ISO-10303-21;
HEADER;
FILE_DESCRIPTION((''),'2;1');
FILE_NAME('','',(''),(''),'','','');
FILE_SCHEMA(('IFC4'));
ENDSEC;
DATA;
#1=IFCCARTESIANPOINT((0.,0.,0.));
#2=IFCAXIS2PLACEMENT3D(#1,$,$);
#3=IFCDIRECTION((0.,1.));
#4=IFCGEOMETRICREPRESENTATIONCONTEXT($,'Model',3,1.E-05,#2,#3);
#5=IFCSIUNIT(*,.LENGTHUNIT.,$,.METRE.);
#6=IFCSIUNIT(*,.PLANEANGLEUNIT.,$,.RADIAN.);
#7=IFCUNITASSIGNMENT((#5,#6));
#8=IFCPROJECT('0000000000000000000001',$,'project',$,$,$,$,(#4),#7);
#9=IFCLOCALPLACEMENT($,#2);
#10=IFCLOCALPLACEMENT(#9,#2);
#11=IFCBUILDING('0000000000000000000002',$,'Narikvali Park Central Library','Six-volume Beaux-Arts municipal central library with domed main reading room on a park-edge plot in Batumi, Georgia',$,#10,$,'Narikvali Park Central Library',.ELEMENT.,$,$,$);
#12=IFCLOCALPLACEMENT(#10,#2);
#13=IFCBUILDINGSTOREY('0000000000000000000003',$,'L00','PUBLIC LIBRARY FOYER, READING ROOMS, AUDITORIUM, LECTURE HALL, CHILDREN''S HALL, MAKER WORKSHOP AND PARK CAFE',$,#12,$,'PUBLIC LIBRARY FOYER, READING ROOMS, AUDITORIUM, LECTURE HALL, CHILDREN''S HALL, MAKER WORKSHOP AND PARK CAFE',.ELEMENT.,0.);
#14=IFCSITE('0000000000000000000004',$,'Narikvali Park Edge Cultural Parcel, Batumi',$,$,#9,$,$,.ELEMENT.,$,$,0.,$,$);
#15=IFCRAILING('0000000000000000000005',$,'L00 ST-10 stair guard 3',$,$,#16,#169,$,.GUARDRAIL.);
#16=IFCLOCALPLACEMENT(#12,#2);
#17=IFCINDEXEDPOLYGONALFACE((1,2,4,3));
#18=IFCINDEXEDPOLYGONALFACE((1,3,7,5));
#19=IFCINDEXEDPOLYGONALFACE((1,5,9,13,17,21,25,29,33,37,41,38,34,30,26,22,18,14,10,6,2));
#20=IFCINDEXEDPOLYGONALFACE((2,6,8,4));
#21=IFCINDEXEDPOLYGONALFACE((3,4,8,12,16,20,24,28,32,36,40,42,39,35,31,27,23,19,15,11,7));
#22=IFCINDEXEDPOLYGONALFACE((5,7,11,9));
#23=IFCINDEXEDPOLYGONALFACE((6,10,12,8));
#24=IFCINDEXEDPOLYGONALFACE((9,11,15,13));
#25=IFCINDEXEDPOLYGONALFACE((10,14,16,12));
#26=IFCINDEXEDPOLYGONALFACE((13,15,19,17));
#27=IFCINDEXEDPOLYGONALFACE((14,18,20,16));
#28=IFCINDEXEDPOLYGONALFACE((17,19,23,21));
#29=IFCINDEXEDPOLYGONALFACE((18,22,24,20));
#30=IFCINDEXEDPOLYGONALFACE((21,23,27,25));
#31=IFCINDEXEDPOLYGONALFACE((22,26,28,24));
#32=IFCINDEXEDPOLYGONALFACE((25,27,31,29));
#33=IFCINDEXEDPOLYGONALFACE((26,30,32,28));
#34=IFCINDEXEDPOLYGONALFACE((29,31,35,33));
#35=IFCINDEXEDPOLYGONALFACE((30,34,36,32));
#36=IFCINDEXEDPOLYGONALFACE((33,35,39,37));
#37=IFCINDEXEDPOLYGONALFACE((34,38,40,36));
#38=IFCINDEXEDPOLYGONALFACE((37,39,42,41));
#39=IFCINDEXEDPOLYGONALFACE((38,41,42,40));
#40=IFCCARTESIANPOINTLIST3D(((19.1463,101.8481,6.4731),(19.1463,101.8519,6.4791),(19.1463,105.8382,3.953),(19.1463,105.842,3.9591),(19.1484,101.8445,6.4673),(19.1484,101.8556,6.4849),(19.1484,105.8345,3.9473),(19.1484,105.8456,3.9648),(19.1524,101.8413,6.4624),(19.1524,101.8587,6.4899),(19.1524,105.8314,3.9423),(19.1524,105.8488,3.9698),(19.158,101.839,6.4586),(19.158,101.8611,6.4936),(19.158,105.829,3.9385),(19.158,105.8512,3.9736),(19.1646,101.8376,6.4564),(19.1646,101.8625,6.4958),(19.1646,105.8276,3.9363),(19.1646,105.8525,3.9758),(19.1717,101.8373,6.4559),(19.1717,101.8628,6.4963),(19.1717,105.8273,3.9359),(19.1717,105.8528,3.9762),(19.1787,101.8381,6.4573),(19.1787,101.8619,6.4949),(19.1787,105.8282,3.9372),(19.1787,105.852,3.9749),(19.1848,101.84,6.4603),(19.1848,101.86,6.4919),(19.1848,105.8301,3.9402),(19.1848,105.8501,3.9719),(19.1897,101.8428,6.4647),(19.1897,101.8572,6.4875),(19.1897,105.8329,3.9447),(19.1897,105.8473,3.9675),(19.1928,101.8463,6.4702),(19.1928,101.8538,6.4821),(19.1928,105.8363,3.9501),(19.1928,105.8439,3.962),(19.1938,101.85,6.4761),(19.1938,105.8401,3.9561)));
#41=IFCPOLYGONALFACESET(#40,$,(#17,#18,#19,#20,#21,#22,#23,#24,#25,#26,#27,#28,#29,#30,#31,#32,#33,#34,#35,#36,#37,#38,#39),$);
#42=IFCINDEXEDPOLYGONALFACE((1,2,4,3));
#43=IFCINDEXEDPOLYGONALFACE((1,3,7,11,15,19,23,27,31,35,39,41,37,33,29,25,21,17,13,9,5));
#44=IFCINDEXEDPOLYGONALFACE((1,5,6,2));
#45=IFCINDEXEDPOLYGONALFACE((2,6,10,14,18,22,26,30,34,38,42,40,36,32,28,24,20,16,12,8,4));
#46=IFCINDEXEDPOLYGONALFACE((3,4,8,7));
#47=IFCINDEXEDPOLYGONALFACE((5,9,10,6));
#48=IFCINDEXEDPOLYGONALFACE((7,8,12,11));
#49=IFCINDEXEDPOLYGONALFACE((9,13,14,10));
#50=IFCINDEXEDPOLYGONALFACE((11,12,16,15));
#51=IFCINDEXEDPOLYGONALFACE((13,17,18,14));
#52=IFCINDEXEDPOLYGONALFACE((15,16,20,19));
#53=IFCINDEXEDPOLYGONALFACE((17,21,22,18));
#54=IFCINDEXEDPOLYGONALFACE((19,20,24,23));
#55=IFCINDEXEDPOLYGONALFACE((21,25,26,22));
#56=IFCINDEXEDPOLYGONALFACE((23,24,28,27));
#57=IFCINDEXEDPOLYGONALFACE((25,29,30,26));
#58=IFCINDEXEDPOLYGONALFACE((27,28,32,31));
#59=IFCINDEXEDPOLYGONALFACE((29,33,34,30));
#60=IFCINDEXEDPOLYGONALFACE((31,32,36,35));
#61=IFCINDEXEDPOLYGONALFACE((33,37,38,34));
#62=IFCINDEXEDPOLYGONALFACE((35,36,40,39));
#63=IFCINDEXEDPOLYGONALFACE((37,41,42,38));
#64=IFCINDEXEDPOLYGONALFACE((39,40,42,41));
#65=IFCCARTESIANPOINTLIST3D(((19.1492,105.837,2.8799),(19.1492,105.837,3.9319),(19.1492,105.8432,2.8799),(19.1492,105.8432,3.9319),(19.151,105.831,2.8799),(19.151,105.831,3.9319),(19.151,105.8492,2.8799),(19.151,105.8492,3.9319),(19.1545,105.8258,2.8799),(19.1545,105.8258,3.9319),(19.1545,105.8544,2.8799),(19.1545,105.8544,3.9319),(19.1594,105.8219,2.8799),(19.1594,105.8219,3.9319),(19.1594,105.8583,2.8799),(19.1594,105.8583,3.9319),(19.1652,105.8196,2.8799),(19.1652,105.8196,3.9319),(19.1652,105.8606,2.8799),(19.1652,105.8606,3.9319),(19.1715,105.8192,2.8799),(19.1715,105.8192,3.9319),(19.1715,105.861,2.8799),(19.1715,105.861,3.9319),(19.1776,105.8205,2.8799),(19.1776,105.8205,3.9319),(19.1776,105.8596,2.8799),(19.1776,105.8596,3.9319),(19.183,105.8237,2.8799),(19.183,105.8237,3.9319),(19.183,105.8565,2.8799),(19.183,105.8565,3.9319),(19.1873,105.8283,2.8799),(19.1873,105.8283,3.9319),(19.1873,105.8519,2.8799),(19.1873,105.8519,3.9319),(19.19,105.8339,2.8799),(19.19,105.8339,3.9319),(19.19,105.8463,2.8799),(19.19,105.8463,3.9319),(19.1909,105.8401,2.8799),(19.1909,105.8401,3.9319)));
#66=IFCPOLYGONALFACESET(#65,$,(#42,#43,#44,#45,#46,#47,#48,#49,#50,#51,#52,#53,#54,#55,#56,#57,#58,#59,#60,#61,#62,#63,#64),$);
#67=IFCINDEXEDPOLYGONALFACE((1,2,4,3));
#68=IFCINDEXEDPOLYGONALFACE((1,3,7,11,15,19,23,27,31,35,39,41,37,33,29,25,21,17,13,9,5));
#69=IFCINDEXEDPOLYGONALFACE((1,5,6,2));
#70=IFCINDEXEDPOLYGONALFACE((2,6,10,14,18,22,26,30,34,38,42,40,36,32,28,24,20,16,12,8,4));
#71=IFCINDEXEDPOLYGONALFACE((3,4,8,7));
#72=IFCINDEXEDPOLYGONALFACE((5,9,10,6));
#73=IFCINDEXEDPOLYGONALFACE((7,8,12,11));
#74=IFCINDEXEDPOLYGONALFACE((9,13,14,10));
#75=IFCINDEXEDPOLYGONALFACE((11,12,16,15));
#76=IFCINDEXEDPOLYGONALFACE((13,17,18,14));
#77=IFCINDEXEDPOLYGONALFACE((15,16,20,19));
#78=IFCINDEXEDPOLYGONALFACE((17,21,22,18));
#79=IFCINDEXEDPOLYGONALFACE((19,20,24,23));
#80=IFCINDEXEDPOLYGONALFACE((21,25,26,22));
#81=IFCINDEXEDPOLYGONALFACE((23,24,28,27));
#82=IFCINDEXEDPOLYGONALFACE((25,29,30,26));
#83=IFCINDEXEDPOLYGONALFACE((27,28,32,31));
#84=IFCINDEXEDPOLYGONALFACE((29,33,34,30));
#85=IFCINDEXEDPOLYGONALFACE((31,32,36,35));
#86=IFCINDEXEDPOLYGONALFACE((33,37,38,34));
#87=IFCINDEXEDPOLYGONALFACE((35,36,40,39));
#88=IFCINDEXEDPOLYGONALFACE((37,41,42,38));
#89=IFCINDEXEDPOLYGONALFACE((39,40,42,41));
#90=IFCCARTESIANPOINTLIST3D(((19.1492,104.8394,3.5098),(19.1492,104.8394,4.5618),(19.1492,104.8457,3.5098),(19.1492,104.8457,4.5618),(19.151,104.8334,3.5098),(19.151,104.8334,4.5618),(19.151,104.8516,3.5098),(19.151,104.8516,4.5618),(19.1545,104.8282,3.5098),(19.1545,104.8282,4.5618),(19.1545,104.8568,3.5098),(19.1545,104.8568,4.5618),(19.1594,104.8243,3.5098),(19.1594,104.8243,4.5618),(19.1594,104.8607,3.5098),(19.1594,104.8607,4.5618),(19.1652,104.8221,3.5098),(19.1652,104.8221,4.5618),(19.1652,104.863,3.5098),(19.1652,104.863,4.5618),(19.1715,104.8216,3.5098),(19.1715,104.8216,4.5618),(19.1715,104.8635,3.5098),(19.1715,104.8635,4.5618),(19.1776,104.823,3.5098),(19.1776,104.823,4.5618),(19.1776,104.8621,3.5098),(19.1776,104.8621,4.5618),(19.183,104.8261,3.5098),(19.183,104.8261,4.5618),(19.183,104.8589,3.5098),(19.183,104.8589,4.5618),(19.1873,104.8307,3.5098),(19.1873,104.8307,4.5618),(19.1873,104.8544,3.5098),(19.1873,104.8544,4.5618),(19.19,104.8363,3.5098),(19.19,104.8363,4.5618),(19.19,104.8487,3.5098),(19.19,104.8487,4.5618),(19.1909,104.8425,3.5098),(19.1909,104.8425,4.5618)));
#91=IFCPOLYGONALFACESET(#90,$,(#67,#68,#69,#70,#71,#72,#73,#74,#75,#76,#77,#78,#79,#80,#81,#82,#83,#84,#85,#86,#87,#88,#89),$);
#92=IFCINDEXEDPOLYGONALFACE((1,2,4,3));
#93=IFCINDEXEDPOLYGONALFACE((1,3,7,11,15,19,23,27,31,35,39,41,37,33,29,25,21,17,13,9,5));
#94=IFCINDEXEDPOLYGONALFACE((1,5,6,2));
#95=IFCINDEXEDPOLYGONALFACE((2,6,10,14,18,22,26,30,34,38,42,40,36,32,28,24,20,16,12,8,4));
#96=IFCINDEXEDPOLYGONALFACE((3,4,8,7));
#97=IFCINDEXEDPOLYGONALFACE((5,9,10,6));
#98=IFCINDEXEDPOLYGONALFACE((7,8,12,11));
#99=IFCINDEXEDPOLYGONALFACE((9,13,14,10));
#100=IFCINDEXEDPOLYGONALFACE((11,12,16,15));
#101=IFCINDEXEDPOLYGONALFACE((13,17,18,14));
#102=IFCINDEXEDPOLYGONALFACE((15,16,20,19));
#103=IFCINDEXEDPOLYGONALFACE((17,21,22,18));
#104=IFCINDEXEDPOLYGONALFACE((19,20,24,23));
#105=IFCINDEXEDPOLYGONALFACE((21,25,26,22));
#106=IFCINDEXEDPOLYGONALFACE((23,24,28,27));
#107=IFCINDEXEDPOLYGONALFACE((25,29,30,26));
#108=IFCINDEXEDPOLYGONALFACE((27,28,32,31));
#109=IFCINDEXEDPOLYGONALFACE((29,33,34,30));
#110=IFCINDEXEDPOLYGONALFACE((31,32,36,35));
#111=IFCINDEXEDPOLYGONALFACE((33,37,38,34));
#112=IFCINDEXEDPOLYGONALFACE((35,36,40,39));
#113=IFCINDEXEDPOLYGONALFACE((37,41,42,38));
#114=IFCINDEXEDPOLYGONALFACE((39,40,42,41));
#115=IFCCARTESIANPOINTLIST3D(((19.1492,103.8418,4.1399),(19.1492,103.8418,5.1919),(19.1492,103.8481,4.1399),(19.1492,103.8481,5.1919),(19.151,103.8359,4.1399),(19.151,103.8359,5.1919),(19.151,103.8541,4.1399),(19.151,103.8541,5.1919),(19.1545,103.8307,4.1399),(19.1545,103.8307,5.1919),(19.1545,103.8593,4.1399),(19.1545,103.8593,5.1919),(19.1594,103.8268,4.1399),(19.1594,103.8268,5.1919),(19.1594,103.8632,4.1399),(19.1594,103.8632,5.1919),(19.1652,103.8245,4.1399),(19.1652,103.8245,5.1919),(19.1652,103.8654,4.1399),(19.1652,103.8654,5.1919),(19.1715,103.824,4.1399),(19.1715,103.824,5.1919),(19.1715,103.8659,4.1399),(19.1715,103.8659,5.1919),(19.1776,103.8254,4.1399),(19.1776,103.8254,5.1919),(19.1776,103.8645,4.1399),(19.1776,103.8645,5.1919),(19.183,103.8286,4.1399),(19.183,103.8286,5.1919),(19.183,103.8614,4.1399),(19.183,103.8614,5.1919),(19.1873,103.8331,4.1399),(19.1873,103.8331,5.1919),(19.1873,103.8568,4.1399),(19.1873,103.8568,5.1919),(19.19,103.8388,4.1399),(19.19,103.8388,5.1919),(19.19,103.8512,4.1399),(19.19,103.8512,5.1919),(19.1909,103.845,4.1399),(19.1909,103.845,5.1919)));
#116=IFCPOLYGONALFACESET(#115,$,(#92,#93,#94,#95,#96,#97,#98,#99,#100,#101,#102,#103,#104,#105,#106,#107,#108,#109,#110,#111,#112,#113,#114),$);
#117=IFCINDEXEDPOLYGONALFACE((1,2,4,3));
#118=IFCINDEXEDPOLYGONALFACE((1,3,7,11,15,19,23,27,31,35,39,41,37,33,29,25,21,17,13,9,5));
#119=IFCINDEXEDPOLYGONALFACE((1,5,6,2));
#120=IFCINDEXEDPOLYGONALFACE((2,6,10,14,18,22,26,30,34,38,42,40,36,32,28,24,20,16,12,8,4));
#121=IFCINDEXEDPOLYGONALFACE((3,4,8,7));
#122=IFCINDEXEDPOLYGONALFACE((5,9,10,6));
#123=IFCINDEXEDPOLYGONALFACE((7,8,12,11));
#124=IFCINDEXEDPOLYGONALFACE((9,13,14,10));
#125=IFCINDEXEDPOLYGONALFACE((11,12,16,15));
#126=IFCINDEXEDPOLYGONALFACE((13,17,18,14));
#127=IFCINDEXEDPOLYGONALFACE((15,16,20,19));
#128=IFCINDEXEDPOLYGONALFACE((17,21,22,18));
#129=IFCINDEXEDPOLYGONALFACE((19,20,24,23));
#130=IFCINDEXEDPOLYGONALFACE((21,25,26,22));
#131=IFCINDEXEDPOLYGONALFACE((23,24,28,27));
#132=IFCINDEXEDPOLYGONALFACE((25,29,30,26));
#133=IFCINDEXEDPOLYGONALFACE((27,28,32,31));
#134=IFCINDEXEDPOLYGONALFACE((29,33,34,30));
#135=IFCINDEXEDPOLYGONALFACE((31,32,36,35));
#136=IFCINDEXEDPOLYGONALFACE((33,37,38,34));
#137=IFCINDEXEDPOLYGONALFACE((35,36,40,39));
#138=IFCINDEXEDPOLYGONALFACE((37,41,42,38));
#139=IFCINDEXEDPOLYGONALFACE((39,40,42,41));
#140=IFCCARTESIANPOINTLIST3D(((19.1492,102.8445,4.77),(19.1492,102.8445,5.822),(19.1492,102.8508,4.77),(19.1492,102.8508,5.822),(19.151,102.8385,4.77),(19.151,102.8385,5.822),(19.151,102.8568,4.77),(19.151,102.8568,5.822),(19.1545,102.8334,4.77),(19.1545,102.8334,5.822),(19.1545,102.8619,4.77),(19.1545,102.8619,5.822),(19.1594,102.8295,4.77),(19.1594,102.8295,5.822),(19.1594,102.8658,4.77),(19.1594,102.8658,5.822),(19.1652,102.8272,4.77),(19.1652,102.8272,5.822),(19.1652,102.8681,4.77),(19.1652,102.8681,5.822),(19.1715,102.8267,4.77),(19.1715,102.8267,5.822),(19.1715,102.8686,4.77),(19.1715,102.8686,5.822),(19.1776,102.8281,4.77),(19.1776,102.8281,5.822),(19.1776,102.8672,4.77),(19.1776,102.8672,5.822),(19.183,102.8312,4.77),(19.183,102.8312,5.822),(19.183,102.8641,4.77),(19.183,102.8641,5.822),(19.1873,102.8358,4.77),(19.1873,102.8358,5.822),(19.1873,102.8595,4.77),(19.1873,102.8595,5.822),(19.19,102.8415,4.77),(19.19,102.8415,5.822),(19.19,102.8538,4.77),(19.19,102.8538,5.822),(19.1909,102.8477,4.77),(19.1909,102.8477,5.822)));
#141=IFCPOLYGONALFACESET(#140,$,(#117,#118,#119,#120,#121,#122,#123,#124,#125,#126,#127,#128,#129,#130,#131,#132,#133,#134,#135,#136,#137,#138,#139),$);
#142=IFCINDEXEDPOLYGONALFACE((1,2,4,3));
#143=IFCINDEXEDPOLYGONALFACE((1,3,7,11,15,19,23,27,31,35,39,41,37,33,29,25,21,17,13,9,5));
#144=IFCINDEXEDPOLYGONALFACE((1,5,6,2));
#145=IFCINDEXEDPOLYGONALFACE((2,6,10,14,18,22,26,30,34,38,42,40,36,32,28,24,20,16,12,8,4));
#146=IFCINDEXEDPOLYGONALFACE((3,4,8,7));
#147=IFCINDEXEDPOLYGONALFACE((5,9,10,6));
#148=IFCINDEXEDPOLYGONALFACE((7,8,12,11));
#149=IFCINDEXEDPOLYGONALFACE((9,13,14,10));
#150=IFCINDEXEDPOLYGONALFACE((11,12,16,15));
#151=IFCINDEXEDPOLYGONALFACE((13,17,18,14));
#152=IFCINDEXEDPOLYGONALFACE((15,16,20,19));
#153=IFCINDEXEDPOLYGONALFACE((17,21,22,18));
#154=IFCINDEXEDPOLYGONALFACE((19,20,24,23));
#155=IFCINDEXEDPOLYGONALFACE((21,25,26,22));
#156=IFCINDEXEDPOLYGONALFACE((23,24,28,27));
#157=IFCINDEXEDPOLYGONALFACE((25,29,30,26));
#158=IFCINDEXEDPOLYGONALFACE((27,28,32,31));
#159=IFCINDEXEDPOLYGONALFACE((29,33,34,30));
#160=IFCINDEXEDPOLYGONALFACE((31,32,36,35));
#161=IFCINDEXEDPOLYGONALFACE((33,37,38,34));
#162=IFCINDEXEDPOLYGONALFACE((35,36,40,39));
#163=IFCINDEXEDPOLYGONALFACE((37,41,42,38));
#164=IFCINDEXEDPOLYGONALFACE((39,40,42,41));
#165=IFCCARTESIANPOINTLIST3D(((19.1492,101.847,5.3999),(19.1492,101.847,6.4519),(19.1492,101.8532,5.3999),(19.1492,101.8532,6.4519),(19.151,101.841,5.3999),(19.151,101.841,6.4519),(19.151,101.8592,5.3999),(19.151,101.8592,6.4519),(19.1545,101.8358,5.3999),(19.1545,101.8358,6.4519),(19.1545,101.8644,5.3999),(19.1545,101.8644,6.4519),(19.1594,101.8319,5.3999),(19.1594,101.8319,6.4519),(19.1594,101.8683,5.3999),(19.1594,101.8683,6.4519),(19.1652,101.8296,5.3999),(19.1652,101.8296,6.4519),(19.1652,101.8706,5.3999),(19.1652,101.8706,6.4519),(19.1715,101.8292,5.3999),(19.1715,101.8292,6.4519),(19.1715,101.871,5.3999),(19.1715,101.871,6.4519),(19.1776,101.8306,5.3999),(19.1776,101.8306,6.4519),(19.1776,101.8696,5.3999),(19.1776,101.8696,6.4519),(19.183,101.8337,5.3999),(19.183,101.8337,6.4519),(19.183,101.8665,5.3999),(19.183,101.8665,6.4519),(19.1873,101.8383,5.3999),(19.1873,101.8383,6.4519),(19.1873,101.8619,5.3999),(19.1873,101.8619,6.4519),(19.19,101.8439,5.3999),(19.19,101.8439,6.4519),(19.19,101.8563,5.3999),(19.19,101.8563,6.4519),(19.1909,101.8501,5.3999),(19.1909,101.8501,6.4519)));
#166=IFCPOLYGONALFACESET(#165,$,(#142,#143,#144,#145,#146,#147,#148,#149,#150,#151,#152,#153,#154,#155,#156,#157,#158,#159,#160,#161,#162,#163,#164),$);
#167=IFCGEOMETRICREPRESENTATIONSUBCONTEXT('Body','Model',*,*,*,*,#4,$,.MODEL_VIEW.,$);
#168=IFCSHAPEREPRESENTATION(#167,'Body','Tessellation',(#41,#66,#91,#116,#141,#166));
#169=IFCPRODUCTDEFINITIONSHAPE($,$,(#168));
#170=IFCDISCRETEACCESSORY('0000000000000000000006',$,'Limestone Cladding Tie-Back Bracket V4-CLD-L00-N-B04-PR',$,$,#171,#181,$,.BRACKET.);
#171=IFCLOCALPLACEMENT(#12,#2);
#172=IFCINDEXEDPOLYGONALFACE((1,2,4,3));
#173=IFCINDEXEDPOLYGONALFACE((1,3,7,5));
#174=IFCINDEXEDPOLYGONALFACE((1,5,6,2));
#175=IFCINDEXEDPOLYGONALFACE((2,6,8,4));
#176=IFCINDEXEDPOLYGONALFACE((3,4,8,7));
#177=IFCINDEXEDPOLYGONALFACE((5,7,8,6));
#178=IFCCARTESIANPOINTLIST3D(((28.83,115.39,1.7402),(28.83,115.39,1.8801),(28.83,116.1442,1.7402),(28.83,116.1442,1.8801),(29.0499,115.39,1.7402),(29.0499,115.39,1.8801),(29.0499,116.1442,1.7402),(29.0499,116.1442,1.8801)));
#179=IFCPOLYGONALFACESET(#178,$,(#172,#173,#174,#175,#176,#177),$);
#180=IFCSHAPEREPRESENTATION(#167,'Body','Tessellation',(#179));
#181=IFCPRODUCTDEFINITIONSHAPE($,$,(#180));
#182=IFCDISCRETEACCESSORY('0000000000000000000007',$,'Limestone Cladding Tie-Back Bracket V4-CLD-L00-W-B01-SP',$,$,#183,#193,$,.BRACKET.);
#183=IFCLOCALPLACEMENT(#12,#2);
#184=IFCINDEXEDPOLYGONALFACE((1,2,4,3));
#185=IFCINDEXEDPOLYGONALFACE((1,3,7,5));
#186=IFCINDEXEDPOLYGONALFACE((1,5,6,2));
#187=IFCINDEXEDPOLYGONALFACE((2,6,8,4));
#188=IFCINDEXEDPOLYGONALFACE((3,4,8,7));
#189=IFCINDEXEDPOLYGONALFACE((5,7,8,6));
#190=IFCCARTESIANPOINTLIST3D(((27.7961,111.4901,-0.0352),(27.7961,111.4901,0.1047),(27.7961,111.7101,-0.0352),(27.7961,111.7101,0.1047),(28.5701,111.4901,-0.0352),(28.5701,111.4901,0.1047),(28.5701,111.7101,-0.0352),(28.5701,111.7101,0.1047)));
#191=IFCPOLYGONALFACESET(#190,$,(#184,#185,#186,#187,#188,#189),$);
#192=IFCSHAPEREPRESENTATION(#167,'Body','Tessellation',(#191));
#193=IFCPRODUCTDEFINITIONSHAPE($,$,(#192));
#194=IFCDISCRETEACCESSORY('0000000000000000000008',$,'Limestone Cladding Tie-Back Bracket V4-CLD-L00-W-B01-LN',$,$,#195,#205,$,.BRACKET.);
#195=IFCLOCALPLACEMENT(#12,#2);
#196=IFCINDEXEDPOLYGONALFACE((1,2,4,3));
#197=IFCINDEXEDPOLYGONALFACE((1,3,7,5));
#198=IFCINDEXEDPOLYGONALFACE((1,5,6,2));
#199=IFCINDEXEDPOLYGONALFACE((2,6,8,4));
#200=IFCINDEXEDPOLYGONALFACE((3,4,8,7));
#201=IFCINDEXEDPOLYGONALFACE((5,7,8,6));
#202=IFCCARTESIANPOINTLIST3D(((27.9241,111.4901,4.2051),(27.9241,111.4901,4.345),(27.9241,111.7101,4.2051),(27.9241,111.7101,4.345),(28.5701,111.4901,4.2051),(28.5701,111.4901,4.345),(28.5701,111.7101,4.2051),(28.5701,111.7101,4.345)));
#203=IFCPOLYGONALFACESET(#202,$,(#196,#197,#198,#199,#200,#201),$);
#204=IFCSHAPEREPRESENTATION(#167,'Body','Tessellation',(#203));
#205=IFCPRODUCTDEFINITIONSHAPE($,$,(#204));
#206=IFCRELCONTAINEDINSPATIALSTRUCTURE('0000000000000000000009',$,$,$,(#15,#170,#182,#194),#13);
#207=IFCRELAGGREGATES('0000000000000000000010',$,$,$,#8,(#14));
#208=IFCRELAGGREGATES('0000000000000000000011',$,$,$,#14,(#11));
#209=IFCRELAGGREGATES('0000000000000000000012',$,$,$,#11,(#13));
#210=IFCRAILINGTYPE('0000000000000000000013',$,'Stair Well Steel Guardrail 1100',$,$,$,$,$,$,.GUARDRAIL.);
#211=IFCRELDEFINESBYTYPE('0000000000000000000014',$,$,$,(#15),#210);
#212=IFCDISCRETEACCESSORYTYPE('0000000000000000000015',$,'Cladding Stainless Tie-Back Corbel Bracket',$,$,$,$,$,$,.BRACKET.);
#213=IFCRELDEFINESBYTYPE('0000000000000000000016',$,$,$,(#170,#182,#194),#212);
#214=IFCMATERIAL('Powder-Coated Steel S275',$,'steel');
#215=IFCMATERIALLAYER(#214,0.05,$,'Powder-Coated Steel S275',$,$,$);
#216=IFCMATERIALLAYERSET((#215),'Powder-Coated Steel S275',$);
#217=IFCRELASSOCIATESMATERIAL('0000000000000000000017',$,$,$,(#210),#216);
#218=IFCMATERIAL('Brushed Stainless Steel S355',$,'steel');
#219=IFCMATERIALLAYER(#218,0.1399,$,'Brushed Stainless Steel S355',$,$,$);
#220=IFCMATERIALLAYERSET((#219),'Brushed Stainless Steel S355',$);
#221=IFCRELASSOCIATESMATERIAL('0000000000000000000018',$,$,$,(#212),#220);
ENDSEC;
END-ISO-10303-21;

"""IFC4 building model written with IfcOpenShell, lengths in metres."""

from ifc_helpers import new_model, si_unit, direction, frame, origin, origin_2d, place, context, subcontext, project, spatial, rectangle, circle, extrude, material, layer, layer_set, type_object, element, save


model = new_model("IFC4")

# Units and contexts
model_context = context("Model", 3, precision=1e-05, world=origin(), true_north=direction((0.0, 1.0)))
body_context = subcontext(model_context, "Body", "Model", "MODEL_VIEW")
ifc_project = project(units=[si_unit("LENGTHUNIT", "METRE"), si_unit("PLANEANGLEUNIT", "RADIAN")], contexts=[model_context])

# Site, building, storey
site_placement = place(None, origin())
site = spatial("IfcSite", under=ifc_project, at=site_placement, Name="Narikvali Park Edge Cultural Parcel, Batumi", CompositionType="ELEMENT", RefElevation=0.0)
building_placement = place(site_placement, origin())
building = spatial("IfcBuilding", under=site, at=building_placement, Name="Narikvali Park Central Library", Description="Six-volume Beaux-Arts municipal central library with domed main reading room on a park-edge plot in Batumi, Georgia", LongName="Narikvali Park Central Library", CompositionType="ELEMENT")
storey_placement = place(building_placement, origin())
storey = spatial("IfcBuildingStorey", under=building, at=storey_placement, Name="L00", Description="PUBLIC LIBRARY FOYER, READING ROOMS, AUDITORIUM, LECTURE HALL, CHILDREN'S HALL, MAKER WORKSHOP AND PARK CAFE", LongName="PUBLIC LIBRARY FOYER, READING ROOMS, AUDITORIUM, LECTURE HALL, CHILDREN'S HALL, MAKER WORKSHOP AND PARK CAFE", CompositionType="ELEMENT", Elevation=0.0)

# Railing
ifc_material_1 = material(Name="Powder-Coated Steel S275", Category="steel")
ifc_layer_1 = layer(ifc_material_1, 0.05, Name="Powder-Coated Steel S275")
ifc_layer_set_1 = layer_set([ifc_layer_1], Name="Powder-Coated Steel S275")
railing_type = type_object("IfcRailingType", Name="Stair Well Steel Guardrail 1100", PredefinedType="GUARDRAIL", material=ifc_layer_set_1)
railing_1_placement = place(storey_placement, frame((19.1699, 105.8401, 2.8799)))
element("IfcRailing", 1, at=railing_1_placement, inside=storey, type_object=railing_type, Name="L00 ST-10 stair guard 3", PredefinedType="GUARDRAIL", context=body_context, shape_type="SweptSolid", body=[
    extrude(circle(Radius=0.0239, at=origin_2d()), frame((0.0, 0.0, 1.0762), z_axis=(0.0, -0.845486, 0.533997), x_axis=(1.0, 0.0, 0.0)), (0.0, 0.0, 1.0), 4.7192),
    extrude(circle(Radius=0.021, at=origin_2d()), origin(), (0.0, 0.0, 1.0), 1.052),
    extrude(circle(Radius=0.021, at=origin_2d()), frame((0.0, -0.9976, 0.6299)), (0.0, 0.0, 1.0), 1.052),
    extrude(circle(Radius=0.021, at=origin_2d()), frame((0.0, -1.9951, 1.26)), (0.0, 0.0, 1.0), 1.052),
    extrude(circle(Radius=0.021, at=origin_2d()), frame((0.0, -2.9924, 1.8901)), (0.0, 0.0, 1.0), 1.052),
    extrude(circle(Radius=0.021, at=origin_2d()), frame((0.0, -3.99, 2.52)), (0.0, 0.0, 1.0), 1.052),
])

# Discrete accessories
ifc_material_2 = material(Name="Brushed Stainless Steel S355", Category="steel")
ifc_layer_2 = layer(ifc_material_2, 0.1399, Name="Brushed Stainless Steel S355")
ifc_layer_set_2 = layer_set([ifc_layer_2], Name="Brushed Stainless Steel S355")
discrete_accessory_type = type_object("IfcDiscreteAccessoryType", Name="Cladding Stainless Tie-Back Corbel Bracket", PredefinedType="BRACKET", material=ifc_layer_set_2)
discrete_accessory_1_placement = place(storey_placement, frame((28.9399, 115.7671, 1.7402), z_axis=(0.0, 0.0, 1.0), x_axis=(1.0, 0.0, 0.0)))
element("IfcDiscreteAccessory", 2, at=discrete_accessory_1_placement, inside=storey, type_object=discrete_accessory_type, Name="Limestone Cladding Tie-Back Bracket V4-CLD-L00-N-B04-PR", PredefinedType="BRACKET", context=body_context, shape_type="SweptSolid", body=[
    extrude(rectangle(XDim=0.22, YDim=0.7542, at=origin_2d()), origin(), (0.0, 0.0, 1.0), 0.1399),
])
discrete_accessory_2_placement = place(storey_placement, frame((28.1831, 111.6001, -0.0352), z_axis=(0.0, 0.0, 1.0), x_axis=(1.0, 0.0, 0.0)))
element("IfcDiscreteAccessory", 3, at=discrete_accessory_2_placement, inside=storey, type_object=discrete_accessory_type, Name="Limestone Cladding Tie-Back Bracket V4-CLD-L00-W-B01-SP", PredefinedType="BRACKET", context=body_context, shape_type="SweptSolid", body=[
    extrude(rectangle(XDim=0.7739, YDim=0.22, at=origin_2d()), origin(), (0.0, 0.0, 1.0), 0.1399),
])
for number, where, z_axis, x_axis, name in (
    (4, (28.2471, 111.6001, 4.2051), (0.0, 0.0, 1.0), (1.0, 0.0, 0.0), "Limestone Cladding Tie-Back Bracket V4-CLD-L00-W-B01-LN"),
):
    element("IfcDiscreteAccessory", number, at=place(storey_placement, frame(where, z_axis=z_axis, x_axis=x_axis)), inside=storey, type_object=discrete_accessory_type, Name=name, PredefinedType="BRACKET", context=body_context, shape_type="SweptSolid", body=[
        extrude(rectangle(XDim=0.646, YDim=0.22, at=origin_2d()), origin(), (0.0, 0.0, 1.0), 0.1399),
    ])

save(model, "model.ifc")
